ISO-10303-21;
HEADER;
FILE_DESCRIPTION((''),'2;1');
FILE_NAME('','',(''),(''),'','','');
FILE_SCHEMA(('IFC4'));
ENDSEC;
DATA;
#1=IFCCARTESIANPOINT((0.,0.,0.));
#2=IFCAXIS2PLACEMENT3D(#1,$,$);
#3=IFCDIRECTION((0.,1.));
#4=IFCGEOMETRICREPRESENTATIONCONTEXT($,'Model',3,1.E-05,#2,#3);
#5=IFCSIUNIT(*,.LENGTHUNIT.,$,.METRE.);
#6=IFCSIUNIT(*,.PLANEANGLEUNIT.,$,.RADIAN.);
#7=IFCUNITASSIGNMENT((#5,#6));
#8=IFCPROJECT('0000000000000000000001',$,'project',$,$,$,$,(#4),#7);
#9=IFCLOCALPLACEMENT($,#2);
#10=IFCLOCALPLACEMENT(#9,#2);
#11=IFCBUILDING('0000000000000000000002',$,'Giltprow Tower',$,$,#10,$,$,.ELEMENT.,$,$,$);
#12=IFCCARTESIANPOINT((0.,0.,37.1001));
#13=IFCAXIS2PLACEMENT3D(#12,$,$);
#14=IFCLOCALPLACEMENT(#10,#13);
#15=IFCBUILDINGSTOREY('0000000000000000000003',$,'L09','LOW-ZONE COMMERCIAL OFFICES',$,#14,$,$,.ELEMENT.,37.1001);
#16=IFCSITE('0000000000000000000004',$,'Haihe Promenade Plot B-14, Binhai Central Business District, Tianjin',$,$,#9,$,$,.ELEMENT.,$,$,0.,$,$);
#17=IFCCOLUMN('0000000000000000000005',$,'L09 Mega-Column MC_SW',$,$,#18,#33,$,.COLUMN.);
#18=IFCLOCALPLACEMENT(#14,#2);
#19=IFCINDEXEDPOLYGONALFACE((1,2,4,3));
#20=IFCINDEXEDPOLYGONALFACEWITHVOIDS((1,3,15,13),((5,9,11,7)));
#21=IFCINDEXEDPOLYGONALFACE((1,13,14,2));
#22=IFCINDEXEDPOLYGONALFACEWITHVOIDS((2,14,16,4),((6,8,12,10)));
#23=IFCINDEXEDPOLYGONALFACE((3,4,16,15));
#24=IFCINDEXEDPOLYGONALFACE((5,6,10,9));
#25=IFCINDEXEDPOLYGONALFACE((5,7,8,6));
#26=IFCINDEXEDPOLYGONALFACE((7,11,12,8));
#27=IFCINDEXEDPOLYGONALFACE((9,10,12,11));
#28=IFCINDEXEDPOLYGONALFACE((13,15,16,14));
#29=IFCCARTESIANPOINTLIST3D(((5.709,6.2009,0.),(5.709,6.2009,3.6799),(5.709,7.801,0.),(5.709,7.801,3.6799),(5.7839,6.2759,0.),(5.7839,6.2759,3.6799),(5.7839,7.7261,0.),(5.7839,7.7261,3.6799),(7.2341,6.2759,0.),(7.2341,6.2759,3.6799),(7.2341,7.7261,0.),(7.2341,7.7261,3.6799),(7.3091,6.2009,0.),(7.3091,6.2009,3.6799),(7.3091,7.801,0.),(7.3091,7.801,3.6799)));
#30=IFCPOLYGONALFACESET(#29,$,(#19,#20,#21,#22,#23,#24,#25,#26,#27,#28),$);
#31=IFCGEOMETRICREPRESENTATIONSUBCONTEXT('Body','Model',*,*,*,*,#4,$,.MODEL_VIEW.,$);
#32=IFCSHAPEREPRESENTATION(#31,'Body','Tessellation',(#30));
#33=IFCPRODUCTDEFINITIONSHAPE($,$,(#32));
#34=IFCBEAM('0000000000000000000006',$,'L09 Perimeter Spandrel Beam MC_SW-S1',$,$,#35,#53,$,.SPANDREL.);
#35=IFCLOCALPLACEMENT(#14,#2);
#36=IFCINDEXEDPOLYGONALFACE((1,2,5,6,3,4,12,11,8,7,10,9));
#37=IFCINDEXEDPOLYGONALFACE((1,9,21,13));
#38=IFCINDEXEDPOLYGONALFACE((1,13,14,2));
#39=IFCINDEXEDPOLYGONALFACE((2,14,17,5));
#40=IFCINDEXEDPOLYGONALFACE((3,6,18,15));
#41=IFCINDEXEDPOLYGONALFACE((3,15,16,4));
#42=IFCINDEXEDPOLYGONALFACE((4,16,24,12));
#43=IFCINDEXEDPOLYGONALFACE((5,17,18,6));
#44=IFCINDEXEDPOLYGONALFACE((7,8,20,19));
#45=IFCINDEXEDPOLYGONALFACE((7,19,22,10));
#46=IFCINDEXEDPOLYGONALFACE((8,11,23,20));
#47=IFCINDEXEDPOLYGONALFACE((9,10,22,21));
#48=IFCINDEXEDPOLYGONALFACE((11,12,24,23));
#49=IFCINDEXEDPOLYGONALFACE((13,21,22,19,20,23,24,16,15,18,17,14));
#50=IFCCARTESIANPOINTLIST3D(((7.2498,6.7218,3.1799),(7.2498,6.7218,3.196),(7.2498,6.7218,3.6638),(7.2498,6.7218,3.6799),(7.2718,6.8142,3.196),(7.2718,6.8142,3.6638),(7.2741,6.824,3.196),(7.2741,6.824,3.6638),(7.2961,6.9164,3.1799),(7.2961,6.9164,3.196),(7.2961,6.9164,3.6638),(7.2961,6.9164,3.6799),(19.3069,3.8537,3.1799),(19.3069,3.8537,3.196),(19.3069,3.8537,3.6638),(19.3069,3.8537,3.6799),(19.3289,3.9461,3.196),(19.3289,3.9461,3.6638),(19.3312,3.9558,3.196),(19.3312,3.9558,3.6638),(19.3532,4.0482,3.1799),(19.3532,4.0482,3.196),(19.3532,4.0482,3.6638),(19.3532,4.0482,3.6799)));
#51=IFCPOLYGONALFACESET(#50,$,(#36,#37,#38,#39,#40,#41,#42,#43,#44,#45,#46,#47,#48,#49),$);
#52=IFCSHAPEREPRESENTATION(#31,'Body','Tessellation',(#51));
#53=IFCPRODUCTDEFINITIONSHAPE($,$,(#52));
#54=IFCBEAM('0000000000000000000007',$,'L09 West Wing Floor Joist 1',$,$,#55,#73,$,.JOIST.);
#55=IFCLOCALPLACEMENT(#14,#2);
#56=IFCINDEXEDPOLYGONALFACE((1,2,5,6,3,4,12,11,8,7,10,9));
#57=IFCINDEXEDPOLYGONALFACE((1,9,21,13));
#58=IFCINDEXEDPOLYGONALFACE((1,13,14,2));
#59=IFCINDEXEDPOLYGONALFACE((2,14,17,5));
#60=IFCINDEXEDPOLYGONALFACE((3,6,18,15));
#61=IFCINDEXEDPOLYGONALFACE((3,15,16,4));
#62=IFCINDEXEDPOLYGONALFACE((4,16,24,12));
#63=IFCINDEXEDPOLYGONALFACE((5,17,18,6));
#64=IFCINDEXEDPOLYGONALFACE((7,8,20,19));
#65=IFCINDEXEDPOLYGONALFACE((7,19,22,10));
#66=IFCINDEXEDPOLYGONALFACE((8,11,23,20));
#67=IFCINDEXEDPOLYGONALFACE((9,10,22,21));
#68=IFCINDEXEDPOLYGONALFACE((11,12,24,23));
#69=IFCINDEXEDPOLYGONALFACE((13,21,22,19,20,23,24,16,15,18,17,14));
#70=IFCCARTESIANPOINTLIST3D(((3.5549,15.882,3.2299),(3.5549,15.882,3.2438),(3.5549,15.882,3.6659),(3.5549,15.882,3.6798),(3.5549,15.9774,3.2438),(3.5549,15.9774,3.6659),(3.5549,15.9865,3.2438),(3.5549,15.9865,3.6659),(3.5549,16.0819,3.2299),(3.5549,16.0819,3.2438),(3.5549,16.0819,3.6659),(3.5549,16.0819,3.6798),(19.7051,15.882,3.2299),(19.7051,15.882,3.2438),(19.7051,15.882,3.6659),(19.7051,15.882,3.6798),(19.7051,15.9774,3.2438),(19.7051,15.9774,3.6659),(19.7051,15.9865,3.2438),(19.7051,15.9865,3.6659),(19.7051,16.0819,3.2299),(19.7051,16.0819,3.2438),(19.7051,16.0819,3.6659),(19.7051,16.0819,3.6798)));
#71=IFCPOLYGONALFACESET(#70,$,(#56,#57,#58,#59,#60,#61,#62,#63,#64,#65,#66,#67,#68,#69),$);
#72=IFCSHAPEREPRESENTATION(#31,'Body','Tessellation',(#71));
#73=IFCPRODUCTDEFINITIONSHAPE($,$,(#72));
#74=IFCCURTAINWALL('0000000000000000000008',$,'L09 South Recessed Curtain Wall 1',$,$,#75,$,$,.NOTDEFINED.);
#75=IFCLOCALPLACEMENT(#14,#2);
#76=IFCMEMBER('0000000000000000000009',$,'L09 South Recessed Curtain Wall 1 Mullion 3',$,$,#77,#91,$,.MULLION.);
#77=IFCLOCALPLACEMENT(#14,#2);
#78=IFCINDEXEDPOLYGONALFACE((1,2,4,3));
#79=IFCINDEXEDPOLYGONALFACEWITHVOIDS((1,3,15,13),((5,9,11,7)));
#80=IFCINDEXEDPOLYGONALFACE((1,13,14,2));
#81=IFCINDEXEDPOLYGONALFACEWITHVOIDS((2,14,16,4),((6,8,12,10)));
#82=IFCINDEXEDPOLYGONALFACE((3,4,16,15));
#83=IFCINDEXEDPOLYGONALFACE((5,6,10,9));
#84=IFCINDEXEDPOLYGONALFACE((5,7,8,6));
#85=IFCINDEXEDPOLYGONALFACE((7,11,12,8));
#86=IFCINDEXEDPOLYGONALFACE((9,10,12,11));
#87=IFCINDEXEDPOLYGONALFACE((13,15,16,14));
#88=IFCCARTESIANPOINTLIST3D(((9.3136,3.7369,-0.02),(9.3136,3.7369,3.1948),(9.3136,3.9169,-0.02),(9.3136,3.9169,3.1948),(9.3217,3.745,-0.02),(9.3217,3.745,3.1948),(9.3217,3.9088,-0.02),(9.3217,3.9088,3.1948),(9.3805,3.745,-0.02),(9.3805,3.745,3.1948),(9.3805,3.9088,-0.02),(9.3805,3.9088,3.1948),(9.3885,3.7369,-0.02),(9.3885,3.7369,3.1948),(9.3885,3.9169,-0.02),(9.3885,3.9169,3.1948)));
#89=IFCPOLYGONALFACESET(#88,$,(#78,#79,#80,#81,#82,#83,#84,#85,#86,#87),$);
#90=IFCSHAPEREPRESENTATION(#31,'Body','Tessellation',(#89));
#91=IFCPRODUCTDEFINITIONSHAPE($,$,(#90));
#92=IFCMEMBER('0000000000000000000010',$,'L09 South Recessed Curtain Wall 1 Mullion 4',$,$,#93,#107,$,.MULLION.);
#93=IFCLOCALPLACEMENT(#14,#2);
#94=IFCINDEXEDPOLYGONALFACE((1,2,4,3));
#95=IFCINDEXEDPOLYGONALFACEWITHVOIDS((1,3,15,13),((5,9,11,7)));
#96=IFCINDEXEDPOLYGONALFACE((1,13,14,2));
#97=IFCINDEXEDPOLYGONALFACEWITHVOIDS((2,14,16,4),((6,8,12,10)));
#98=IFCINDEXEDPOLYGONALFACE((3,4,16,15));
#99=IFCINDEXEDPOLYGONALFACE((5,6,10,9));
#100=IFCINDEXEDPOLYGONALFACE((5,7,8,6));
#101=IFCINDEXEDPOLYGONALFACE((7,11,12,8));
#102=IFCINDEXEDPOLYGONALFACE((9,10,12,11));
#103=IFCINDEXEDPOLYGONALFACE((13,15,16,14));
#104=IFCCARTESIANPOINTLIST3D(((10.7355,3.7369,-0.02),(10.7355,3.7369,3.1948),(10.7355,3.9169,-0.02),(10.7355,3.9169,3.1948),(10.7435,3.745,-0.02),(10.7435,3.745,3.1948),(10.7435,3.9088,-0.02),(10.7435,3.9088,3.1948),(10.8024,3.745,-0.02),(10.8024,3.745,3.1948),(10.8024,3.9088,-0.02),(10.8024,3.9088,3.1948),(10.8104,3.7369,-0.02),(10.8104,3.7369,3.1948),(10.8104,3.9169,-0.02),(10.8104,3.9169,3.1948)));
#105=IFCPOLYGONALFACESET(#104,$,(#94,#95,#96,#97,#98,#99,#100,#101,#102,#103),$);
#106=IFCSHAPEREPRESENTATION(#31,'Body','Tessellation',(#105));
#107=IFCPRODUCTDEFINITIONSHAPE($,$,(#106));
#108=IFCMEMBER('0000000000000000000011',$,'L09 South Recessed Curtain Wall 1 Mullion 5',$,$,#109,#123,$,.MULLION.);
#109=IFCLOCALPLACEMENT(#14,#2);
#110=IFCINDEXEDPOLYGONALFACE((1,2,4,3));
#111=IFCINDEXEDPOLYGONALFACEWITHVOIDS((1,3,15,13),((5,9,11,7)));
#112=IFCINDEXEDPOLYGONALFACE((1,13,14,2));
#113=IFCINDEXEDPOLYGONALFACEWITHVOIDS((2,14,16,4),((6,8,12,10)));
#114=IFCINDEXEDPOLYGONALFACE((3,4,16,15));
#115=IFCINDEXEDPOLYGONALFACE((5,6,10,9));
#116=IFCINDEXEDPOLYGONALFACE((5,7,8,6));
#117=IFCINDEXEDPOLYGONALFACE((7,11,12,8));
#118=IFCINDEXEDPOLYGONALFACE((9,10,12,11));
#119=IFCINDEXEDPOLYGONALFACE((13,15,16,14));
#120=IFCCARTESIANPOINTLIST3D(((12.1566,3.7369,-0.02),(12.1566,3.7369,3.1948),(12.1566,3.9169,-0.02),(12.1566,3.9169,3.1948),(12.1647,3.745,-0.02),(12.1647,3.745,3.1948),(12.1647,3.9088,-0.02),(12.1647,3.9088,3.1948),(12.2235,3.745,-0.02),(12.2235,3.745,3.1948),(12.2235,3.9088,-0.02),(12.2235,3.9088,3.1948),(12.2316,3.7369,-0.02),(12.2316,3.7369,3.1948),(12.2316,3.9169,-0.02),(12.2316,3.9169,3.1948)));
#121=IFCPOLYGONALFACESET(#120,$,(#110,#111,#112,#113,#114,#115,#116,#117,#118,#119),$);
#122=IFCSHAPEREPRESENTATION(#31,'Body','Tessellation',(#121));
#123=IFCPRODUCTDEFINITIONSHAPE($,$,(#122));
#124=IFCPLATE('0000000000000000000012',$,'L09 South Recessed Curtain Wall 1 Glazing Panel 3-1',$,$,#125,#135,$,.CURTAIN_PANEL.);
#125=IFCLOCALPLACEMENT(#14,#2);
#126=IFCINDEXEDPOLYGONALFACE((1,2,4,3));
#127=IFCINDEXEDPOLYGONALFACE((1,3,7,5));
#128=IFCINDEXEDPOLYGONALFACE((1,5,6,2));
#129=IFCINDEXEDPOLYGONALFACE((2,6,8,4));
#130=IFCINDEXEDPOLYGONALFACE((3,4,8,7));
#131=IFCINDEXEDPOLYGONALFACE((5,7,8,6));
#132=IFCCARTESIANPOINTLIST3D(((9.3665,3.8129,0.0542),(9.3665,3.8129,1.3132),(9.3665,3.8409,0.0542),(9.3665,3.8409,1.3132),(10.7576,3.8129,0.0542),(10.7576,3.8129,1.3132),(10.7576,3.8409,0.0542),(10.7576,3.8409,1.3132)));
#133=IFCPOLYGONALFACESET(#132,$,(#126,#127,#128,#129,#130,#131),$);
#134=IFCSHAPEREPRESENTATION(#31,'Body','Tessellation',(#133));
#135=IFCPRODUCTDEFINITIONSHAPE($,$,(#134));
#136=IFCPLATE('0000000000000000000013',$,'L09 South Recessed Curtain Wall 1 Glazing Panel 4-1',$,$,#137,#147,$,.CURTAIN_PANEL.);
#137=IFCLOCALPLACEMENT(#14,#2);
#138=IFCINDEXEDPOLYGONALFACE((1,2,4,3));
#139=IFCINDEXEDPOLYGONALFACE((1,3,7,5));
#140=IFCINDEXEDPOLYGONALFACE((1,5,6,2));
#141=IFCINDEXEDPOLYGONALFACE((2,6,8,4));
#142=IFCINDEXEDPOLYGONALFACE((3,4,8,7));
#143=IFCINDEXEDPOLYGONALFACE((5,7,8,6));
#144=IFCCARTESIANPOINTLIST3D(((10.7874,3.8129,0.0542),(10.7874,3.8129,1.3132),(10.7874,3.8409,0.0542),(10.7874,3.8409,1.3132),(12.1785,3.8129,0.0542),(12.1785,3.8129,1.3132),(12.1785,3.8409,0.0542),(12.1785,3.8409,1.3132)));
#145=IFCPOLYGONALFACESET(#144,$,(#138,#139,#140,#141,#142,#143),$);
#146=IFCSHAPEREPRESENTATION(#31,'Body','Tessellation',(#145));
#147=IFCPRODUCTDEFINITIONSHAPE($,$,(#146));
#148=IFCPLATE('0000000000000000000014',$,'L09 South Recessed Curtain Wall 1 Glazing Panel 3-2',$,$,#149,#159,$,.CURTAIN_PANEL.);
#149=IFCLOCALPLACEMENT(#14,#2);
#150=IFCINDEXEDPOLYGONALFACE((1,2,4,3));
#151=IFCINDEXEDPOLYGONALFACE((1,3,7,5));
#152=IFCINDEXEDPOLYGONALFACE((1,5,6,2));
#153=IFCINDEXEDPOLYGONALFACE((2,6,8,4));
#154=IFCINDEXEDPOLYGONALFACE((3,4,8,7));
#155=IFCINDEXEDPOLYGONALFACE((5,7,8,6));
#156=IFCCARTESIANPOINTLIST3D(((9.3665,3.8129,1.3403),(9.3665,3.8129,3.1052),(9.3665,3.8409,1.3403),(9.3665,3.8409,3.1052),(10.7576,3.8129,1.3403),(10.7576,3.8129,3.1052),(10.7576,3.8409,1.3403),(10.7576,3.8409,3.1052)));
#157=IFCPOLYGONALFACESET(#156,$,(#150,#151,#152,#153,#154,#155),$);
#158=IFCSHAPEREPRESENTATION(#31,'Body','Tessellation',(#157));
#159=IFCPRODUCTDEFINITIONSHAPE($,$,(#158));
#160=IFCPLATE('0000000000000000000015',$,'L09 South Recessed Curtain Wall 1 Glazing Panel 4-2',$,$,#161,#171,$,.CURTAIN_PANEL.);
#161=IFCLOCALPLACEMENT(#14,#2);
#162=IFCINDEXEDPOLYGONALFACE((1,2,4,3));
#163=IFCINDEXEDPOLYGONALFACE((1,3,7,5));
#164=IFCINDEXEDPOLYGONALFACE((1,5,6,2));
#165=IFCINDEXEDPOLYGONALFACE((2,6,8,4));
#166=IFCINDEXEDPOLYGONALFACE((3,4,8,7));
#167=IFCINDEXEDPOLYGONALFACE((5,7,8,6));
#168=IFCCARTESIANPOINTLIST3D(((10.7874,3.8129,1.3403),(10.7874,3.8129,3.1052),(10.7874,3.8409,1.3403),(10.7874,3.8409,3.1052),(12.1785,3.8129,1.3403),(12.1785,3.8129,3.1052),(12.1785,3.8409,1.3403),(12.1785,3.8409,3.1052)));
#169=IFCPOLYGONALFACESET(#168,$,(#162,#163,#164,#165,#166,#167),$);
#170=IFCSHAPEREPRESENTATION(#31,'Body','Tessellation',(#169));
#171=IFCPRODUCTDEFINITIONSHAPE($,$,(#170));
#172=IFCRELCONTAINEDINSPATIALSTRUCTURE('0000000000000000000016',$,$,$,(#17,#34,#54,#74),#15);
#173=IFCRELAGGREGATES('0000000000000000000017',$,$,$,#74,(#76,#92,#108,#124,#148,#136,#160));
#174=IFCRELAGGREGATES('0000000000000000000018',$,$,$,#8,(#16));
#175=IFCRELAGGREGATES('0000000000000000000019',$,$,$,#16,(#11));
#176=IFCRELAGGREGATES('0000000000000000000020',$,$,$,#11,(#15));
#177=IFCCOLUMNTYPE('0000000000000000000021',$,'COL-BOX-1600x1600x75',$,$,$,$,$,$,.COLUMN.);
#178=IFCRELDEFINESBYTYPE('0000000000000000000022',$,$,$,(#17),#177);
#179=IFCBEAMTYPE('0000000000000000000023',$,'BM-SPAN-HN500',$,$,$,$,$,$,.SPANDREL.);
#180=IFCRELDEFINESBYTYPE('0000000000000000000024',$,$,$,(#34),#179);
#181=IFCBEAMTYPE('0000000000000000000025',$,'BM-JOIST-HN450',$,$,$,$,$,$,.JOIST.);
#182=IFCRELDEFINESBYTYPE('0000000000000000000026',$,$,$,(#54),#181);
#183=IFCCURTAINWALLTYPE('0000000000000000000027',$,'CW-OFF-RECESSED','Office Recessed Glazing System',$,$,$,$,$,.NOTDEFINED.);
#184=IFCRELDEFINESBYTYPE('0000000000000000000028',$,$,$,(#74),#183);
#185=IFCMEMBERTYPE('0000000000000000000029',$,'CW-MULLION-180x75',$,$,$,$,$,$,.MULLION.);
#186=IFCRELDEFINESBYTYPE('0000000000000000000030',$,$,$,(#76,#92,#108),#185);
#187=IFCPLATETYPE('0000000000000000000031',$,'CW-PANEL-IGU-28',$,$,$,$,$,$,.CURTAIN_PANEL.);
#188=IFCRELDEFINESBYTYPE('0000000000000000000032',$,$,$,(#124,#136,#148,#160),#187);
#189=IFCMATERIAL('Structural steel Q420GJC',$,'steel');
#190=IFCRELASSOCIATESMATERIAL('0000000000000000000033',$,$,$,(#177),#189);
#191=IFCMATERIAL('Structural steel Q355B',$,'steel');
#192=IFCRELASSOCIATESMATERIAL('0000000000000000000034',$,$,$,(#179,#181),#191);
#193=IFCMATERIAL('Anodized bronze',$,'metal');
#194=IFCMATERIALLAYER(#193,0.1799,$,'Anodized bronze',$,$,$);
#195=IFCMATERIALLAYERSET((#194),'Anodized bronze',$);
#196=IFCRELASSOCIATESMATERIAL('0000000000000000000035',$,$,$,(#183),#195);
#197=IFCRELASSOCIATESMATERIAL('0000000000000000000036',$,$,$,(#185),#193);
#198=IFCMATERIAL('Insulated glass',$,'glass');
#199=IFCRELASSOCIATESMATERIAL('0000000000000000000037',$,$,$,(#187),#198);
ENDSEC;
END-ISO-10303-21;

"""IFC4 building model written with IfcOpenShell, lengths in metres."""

from ifc_helpers import new_model, si_unit, direction, frame, origin, origin_2d, place, context, subcontext, project, spatial, rectangle, hollow_rectangle, i_section, extrude, source, transform, mapped, material, layer, layer_set, material_profile, profile_set, type_object, element, aggregate, save


model = new_model("IFC4")

# Units and contexts
model_context = context("Model", 3, precision=1e-05, world=origin(), true_north=direction((0.0, 1.0)))
body_context = subcontext(model_context, "Body", "Model", "MODEL_VIEW")
ifc_project = project(units=[si_unit("LENGTHUNIT", "METRE"), si_unit("PLANEANGLEUNIT", "RADIAN")], contexts=[model_context])

# Site, building, storey
site_placement = place(None, origin())
site = spatial("IfcSite", under=ifc_project, at=site_placement, Name="Haihe Promenade Plot B-14, Binhai Central Business District, Tianjin", CompositionType="ELEMENT", RefElevation=0.0)
building_placement = place(site_placement, origin())
building = spatial("IfcBuilding", under=site, at=building_placement, Name="Giltprow Tower", CompositionType="ELEMENT")
storey_placement = place(building_placement, frame((0.0, 0.0, 37.1001)))
storey = spatial("IfcBuildingStorey", under=building, at=storey_placement, Name="L09", Description="LOW-ZONE COMMERCIAL OFFICES", CompositionType="ELEMENT", Elevation=37.1001)

# Column
ifc_material_1 = material(Name="Structural steel Q420GJC", Category="steel")
ifc_material_profile_1 = material_profile(ifc_material_1, hollow_rectangle(XDim=1.6001, YDim=1.6001, WallThickness=0.075, at=origin_2d()), Name="BOX 1600x1600x75")
ifc_profile_set_1 = profile_set([ifc_material_profile_1], Name="Structural steel Q420GJC")
column_type = type_object("IfcColumnType", Name="COL-BOX-1600x1600x75", PredefinedType="COLUMN", material=ifc_profile_set_1)
shared_shape_1 = source(origin(), body_context, "Body", "SweptSolid", [
    extrude(hollow_rectangle(XDim=1.6001, YDim=1.6001, WallThickness=0.075, at=origin_2d()), origin(), (0.0, 0.0, 1.0), 3.6799),
])
column_placement = place(storey_placement, frame((6.509, 7.001, 0.0), z_axis=(0.0, 0.0, 1.0), x_axis=(1.0, 0.0, 0.0)))
element("IfcColumn", 1, at=column_placement, inside=storey, type_object=column_type, Name="L09 Mega-Column MC_SW", PredefinedType="COLUMN", context=body_context, shape_type="MappedRepresentation", body=[
    mapped(shared_shape_1, transform((0.0, 0.0, 0.0), x_axis=(1.0, 0.0, 0.0), y_axis=(0.0, 1.0, 0.0), z_axis=(0.0, 0.0, 1.0), scale=1.0)),
])

# Beams
ifc_material_2 = material(Name="Structural steel Q355B", Category="steel")
ifc_material_profile_2 = material_profile(ifc_material_2, i_section(OverallWidth=0.2, OverallDepth=0.5, WebThickness=0.01, FlangeThickness=0.0161, at=origin_2d()), Name="HN 500x200x10x16")
ifc_profile_set_2 = profile_set([ifc_material_profile_2], Name="Structural steel Q355B")
beam_type_1 = type_object("IfcBeamType", Name="BM-SPAN-HN500", PredefinedType="SPANDREL", material=ifc_profile_set_2)
shared_shape_2 = source(origin(), body_context, "Body", "SweptSolid", [
    extrude(i_section(OverallWidth=0.2, OverallDepth=0.5, WebThickness=0.01, FlangeThickness=0.0161, at=origin_2d()), origin(), (0.0, 0.0, 1.0), 12.3936),
])
beam_1_placement = place(storey_placement, frame((7.2729, 6.8191, 3.4299), z_axis=(0.972853, -0.231423, 0.0), x_axis=(0.231423, 0.972853, 0.0)))
element("IfcBeam", 2, at=beam_1_placement, inside=storey, type_object=beam_type_1, Name="L09 Perimeter Spandrel Beam MC_SW-S1", PredefinedType="SPANDREL", context=body_context, shape_type="MappedRepresentation", body=[
    mapped(shared_shape_2, transform((0.0, 0.0, 0.0), x_axis=(1.0, 0.0, 0.0), y_axis=(0.0, 1.0, 0.0), z_axis=(0.0, 0.0, 1.0), scale=1.0)),
])
ifc_material_profile_3 = material_profile(ifc_material_2, i_section(OverallWidth=0.2, OverallDepth=0.45, WebThickness=0.009, FlangeThickness=0.0139, at=origin_2d()), Name="HN 450x200x9x14")
ifc_profile_set_3 = profile_set([ifc_material_profile_3], Name="Structural steel Q355B")
beam_type_2 = type_object("IfcBeamType", Name="BM-JOIST-HN450", PredefinedType="JOIST", material=ifc_profile_set_3)
shared_shape_3 = source(origin(), body_context, "Body", "SweptSolid", [
    extrude(i_section(OverallWidth=0.2, OverallDepth=0.45, WebThickness=0.009, FlangeThickness=0.0139, at=origin_2d()), origin(), (0.0, 0.0, 1.0), 16.1501),
])
beam_2_placement = place(storey_placement, frame((3.5549, 15.9819, 3.4548), z_axis=(1.0, 0.0, 0.0), x_axis=(0.0, 1.0, 0.0)))
element("IfcBeam", 3, at=beam_2_placement, inside=storey, type_object=beam_type_2, Name="L09 West Wing Floor Joist 1", PredefinedType="JOIST", context=body_context, shape_type="MappedRepresentation", body=[
    mapped(shared_shape_3, transform((0.0, 0.0, 0.0), x_axis=(1.0, 0.0, 0.0), y_axis=(0.0, 1.0, 0.0), z_axis=(0.0, 0.0, 1.0), scale=1.0)),
])

# Curtain wall, members, plates
ifc_material_3 = material(Name="Anodized bronze", Category="metal")
ifc_layer_1 = layer(ifc_material_3, 0.1799, Name="Anodized bronze")
ifc_layer_set_1 = layer_set([ifc_layer_1], Name="Anodized bronze")
curtain_wall_type = type_object("IfcCurtainWallType", Name="CW-OFF-RECESSED", Description="Office Recessed Glazing System", PredefinedType="NOTDEFINED", material=ifc_layer_set_1)
curtain_wall_placement = place(storey_placement, origin())
curtain_wall = element("IfcCurtainWall", 4, at=curtain_wall_placement, inside=storey, type_object=curtain_wall_type, Name="L09 South Recessed Curtain Wall 1", PredefinedType="NOTDEFINED")
ifc_material_profile_4 = material_profile(ifc_material_3, hollow_rectangle(XDim=0.075, YDim=0.1799, WallThickness=0.0081, at=origin_2d()), Name="RHS 180x75x8")
ifc_profile_set_4 = profile_set([ifc_material_profile_4], Name="Anodized bronze")
member_type = type_object("IfcMemberType", Name="CW-MULLION-180x75", PredefinedType="MULLION", material=ifc_profile_set_4)
shared_shape_4 = source(origin(), body_context, "Body", "SweptSolid", [
    extrude(hollow_rectangle(XDim=0.075, YDim=0.1799, WallThickness=0.0081, at=origin_2d()), origin(), (0.0, 0.0, 1.0), 3.2148),
])
member_1_placement = place(storey_placement, frame((9.3511, 3.8269, -0.02), z_axis=(0.0, 0.0, 1.0), x_axis=(1.0, 0.0, 0.0)))
member_1 = element("IfcMember", 5, at=member_1_placement, type_object=member_type, Name="L09 South Recessed Curtain Wall 1 Mullion 3", PredefinedType="MULLION", context=body_context, shape_type="MappedRepresentation", body=[
    mapped(shared_shape_4, transform((0.0, 0.0, 0.0), x_axis=(1.0, 0.0, 0.0), y_axis=(0.0, 1.0, 0.0), z_axis=(0.0, 0.0, 1.0), scale=1.0)),
])
member_2_placement = place(storey_placement, frame((10.7729, 3.8269, -0.02), z_axis=(0.0, 0.0, 1.0), x_axis=(1.0, 0.0, 0.0)))
member_2 = element("IfcMember", 6, at=member_2_placement, type_object=member_type, Name="L09 South Recessed Curtain Wall 1 Mullion 4", PredefinedType="MULLION", context=body_context, shape_type="MappedRepresentation", body=[
    mapped(shared_shape_4, transform((0.0, 0.0, 0.0), x_axis=(1.0, 0.0, 0.0), y_axis=(0.0, 1.0, 0.0), z_axis=(0.0, 0.0, 1.0), scale=1.0)),
])
member_3_placement = place(storey_placement, frame((12.1941, 3.8269, -0.02), z_axis=(0.0, 0.0, 1.0), x_axis=(1.0, 0.0, 0.0)))
member_3 = element("IfcMember", 7, at=member_3_placement, type_object=member_type, Name="L09 South Recessed Curtain Wall 1 Mullion 5", PredefinedType="MULLION", context=body_context, shape_type="MappedRepresentation", body=[
    mapped(shared_shape_4, transform((0.0, 0.0, 0.0), x_axis=(1.0, 0.0, 0.0), y_axis=(0.0, 1.0, 0.0), z_axis=(0.0, 0.0, 1.0), scale=1.0)),
])
ifc_material_4 = material(Name="Insulated glass", Category="glass")
plate_type = type_object("IfcPlateType", Name="CW-PANEL-IGU-28", PredefinedType="CURTAIN_PANEL", material=ifc_material_4)
shared_shape_5 = source(origin(), body_context, "Body", "SweptSolid", [
    extrude(rectangle(XDim=1.3911, YDim=0.0281, at=origin_2d()), origin(), (0.0, 0.0, 1.0), 1.259),
])
plate_1_placement = place(storey_placement, frame((10.062, 3.8269, 0.0542), z_axis=(0.0, 0.0, 1.0), x_axis=(1.0, 0.0, 0.0)))
plate_1 = element("IfcPlate", 8, at=plate_1_placement, type_object=plate_type, Name="L09 South Recessed Curtain Wall 1 Glazing Panel 3-1", PredefinedType="CURTAIN_PANEL", context=body_context, shape_type="MappedRepresentation", body=[
    mapped(shared_shape_5, transform((0.0, 0.0, 0.0), x_axis=(1.0, 0.0, 0.0), y_axis=(0.0, 1.0, 0.0), z_axis=(0.0, 0.0, 1.0), scale=1.0)),
])
plate_2_placement = place(storey_placement, frame((11.4829, 3.8269, 0.0542), z_axis=(0.0, 0.0, 1.0), x_axis=(1.0, 0.0, 0.0)))
plate_2 = element("IfcPlate", 9, at=plate_2_placement, type_object=plate_type, Name="L09 South Recessed Curtain Wall 1 Glazing Panel 4-1", PredefinedType="CURTAIN_PANEL", context=body_context, shape_type="MappedRepresentation", body=[
    mapped(shared_shape_5, transform((0.0, 0.0, 0.0), x_axis=(1.0, 0.0, 0.0), y_axis=(0.0, 1.0, 0.0), z_axis=(0.0, 0.0, 1.0), scale=1.0)),
])
shared_shape_6 = source(origin(), body_context, "Body", "SweptSolid", [
    extrude(rectangle(XDim=1.3911, YDim=0.0281, at=origin_2d()), origin(), (0.0, 0.0, 1.0), 1.7649),
])
plate_3_placement = place(storey_placement, frame((10.062, 3.8269, 1.3403), z_axis=(0.0, 0.0, 1.0), x_axis=(1.0, 0.0, 0.0)))
plate_3 = element("IfcPlate", 10, at=plate_3_placement, type_object=plate_type, Name="L09 South Recessed Curtain Wall 1 Glazing Panel 3-2", PredefinedType="CURTAIN_PANEL", context=body_context, shape_type="MappedRepresentation", body=[
    mapped(shared_shape_6, transform((0.0, 0.0, 0.0), x_axis=(1.0, 0.0, 0.0), y_axis=(0.0, 1.0, 0.0), z_axis=(0.0, 0.0, 1.0), scale=1.0)),
])
plate_4_placement = place(storey_placement, frame((11.4829, 3.8269, 1.3403), z_axis=(0.0, 0.0, 1.0), x_axis=(1.0, 0.0, 0.0)))
plate_4 = element("IfcPlate", 11, at=plate_4_placement, type_object=plate_type, Name="L09 South Recessed Curtain Wall 1 Glazing Panel 4-2", PredefinedType="CURTAIN_PANEL", context=body_context, shape_type="MappedRepresentation", body=[
    mapped(shared_shape_6, transform((0.0, 0.0, 0.0), x_axis=(1.0, 0.0, 0.0), y_axis=(0.0, 1.0, 0.0), z_axis=(0.0, 0.0, 1.0), scale=1.0)),
])
aggregate(curtain_wall, [member_1, member_2, member_3, plate_1, plate_3, plate_2, plate_4])

save(model, "model.ifc")
